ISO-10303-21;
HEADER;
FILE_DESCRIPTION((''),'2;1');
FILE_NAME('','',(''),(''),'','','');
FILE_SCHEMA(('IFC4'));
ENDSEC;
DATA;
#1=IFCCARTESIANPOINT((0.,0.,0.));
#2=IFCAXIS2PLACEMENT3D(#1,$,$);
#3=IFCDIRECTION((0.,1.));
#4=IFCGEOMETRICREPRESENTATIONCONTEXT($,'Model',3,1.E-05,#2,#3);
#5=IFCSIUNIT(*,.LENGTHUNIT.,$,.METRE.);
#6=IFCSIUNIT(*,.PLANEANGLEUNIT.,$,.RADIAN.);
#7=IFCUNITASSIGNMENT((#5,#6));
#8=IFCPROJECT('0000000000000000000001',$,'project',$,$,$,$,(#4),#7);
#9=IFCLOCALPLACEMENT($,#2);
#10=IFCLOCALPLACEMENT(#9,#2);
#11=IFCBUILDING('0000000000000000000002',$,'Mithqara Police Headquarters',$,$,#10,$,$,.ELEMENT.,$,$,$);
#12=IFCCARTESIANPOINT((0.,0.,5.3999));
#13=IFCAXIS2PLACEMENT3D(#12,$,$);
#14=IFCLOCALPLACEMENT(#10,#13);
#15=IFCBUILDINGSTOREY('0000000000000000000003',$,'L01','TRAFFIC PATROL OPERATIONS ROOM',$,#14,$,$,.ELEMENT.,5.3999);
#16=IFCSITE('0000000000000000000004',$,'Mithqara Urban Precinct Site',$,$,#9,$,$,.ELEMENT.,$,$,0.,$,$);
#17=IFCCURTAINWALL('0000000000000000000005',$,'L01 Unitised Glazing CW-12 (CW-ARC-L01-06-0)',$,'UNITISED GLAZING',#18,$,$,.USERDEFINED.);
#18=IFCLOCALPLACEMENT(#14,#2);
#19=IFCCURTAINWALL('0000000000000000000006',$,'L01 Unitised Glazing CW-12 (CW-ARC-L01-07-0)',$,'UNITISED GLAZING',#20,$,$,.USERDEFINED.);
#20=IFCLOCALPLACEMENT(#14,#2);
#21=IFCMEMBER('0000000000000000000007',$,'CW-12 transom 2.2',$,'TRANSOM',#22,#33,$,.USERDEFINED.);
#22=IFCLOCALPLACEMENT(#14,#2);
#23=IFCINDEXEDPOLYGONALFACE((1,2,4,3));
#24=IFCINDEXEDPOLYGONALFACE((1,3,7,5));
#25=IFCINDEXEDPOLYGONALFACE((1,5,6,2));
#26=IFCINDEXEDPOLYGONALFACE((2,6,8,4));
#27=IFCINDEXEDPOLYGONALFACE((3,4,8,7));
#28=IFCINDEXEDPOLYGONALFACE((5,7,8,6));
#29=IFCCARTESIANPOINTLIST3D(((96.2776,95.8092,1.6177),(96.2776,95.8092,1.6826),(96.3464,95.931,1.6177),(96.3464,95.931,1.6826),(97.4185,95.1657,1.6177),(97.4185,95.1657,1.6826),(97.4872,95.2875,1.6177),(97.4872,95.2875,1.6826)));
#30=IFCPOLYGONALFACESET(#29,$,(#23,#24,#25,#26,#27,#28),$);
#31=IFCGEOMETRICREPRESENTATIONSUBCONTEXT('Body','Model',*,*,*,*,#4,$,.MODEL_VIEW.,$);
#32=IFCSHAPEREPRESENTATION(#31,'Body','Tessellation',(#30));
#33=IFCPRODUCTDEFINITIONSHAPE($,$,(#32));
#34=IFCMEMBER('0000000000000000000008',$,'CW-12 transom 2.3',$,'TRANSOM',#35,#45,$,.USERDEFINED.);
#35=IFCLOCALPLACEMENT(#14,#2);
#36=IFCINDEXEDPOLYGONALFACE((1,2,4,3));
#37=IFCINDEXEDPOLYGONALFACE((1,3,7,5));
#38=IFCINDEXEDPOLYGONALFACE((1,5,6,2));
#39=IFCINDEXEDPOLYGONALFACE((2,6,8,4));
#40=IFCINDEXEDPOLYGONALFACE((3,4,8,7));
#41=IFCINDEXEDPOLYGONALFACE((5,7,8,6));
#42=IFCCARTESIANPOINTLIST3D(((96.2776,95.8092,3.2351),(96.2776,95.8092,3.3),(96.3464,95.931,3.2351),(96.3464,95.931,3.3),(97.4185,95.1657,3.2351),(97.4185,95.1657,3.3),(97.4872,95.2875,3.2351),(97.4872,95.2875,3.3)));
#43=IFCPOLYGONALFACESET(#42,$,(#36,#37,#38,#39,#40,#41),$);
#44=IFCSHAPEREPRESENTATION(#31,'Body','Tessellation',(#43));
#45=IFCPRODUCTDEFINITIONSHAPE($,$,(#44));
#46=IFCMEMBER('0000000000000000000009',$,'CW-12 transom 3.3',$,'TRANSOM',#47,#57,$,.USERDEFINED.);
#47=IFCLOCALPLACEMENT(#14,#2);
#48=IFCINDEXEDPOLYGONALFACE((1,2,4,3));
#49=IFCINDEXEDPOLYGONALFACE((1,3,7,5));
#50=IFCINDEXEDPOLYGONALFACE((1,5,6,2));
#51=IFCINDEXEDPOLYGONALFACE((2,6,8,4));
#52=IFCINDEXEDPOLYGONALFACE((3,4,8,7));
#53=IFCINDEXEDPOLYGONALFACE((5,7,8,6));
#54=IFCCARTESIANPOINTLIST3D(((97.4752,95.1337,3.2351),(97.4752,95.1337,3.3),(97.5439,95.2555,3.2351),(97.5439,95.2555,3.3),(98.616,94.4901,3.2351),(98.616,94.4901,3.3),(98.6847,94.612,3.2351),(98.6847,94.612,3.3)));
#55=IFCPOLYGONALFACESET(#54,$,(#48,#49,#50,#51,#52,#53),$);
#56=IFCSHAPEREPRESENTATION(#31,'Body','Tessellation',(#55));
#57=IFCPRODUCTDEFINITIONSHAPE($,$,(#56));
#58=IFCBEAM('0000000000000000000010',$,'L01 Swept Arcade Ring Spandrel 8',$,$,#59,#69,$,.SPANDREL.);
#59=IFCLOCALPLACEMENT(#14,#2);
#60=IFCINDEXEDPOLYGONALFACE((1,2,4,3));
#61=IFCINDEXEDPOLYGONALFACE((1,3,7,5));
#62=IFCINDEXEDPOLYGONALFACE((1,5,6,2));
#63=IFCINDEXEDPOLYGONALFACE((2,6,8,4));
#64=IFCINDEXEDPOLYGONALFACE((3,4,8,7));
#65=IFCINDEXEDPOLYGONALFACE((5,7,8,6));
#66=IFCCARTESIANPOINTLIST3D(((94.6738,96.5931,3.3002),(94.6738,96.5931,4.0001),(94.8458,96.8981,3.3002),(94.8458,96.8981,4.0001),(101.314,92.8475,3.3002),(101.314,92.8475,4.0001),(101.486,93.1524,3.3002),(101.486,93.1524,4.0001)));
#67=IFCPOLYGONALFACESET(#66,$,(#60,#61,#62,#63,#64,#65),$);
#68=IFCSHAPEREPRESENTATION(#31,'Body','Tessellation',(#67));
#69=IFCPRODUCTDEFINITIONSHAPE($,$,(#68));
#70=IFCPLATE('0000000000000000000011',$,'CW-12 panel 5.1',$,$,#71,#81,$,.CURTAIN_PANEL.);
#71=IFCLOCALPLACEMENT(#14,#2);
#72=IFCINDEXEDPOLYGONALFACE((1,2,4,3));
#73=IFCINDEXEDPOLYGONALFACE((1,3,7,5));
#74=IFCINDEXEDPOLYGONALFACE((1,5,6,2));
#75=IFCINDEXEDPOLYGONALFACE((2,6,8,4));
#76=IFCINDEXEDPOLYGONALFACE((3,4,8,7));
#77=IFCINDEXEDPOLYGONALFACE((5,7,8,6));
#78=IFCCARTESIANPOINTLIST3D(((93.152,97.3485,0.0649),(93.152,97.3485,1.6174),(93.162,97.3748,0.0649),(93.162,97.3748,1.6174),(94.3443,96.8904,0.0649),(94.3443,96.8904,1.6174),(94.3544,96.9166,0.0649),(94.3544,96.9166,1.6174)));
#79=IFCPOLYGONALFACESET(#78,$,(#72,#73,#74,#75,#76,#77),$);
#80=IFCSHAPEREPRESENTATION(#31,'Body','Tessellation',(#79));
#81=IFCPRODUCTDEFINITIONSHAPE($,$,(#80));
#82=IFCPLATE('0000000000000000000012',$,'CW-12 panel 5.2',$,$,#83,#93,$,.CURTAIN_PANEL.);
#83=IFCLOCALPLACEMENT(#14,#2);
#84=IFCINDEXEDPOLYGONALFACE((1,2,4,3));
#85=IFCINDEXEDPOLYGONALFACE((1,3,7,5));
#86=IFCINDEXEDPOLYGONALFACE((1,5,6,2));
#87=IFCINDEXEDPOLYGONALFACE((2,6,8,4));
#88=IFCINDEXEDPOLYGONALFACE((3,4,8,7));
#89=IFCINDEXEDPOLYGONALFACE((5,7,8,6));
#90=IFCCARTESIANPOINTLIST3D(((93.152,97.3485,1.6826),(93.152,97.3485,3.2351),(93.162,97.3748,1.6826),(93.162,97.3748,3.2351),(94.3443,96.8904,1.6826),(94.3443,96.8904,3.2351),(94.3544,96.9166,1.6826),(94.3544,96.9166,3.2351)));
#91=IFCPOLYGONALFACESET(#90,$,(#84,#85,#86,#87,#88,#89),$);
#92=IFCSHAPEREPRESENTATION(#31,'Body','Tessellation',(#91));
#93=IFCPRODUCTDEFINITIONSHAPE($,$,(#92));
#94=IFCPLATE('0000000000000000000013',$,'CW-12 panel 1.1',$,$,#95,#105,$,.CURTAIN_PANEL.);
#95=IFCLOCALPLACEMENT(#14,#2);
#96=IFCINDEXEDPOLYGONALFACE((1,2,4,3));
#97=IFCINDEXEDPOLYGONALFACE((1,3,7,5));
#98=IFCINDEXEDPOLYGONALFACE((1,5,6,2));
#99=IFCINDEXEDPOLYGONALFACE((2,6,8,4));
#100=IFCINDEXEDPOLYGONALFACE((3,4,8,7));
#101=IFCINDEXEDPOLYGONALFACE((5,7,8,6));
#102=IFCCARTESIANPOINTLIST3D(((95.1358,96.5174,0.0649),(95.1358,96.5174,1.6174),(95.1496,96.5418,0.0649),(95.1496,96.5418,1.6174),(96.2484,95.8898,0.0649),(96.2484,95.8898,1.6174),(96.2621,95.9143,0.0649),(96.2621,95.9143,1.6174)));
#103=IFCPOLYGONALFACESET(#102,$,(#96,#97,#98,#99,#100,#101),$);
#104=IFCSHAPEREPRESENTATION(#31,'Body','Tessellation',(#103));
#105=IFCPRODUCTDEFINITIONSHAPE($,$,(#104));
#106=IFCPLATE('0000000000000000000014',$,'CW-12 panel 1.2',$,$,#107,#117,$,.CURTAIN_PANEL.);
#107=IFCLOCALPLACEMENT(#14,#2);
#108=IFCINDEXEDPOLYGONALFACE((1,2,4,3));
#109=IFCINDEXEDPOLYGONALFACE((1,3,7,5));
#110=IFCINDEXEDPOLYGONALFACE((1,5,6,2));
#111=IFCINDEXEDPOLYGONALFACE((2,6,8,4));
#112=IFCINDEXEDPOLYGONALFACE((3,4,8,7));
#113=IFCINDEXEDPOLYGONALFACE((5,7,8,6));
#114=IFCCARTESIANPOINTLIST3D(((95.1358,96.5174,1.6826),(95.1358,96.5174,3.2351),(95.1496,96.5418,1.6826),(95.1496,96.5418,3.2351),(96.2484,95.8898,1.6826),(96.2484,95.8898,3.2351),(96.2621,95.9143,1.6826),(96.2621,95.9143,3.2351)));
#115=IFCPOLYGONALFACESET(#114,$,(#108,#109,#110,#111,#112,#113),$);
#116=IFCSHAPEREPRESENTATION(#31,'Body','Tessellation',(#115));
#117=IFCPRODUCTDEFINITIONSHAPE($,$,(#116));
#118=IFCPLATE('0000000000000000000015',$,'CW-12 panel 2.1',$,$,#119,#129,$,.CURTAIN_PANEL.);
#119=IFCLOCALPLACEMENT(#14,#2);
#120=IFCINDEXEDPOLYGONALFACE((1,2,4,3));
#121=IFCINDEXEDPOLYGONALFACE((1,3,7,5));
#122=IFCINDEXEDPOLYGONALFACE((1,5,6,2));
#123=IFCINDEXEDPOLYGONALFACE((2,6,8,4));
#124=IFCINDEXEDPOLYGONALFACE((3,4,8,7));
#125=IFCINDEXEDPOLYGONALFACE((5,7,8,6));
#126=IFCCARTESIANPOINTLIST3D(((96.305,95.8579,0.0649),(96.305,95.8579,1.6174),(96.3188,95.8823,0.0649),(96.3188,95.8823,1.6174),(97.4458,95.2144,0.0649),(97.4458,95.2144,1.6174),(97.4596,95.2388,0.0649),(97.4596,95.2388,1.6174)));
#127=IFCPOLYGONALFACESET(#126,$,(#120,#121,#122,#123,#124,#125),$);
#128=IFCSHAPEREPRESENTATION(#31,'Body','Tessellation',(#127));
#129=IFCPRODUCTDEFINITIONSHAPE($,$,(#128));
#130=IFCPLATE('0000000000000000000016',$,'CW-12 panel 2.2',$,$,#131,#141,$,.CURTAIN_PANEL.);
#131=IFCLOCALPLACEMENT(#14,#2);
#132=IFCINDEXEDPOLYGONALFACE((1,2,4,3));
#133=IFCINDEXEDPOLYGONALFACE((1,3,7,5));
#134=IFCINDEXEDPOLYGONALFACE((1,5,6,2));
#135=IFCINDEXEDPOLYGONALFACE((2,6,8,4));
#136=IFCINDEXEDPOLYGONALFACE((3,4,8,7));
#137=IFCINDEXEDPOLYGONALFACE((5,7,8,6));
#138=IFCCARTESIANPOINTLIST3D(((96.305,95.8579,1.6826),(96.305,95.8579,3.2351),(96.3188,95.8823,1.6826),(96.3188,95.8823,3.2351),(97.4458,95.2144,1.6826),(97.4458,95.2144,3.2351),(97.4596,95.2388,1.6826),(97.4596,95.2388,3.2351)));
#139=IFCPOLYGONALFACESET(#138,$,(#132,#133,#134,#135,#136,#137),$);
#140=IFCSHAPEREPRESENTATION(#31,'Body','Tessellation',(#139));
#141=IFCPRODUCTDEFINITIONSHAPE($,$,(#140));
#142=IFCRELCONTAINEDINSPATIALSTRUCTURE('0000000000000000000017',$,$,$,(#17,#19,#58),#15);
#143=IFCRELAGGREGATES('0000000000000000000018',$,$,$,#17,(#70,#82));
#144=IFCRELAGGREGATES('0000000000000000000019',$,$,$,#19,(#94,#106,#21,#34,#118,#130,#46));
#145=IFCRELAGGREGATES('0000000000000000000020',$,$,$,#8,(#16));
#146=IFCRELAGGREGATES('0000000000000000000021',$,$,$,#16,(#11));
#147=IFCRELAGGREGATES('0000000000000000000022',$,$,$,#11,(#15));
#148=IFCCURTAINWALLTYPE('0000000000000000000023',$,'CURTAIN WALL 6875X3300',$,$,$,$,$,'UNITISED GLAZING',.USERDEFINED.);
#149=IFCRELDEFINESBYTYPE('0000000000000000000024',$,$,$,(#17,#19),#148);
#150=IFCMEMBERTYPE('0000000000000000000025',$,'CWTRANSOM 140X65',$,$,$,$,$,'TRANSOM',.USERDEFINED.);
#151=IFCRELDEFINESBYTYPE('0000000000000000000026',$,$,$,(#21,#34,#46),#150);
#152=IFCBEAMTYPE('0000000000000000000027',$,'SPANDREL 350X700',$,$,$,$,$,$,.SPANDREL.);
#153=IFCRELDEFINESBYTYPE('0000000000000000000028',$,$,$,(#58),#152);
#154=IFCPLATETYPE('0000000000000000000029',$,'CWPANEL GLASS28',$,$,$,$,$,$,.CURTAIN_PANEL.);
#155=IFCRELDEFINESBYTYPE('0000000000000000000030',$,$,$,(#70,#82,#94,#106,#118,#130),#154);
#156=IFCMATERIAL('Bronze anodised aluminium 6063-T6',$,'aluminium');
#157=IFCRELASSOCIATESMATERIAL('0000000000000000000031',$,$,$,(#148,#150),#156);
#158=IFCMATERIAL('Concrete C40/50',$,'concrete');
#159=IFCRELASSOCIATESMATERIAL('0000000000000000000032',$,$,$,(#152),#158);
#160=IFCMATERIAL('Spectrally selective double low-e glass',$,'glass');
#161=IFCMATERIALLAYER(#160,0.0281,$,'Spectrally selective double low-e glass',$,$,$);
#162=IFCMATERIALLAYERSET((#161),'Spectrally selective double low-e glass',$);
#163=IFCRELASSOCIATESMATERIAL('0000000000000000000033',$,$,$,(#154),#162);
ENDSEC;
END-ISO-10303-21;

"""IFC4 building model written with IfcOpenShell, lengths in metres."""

from ifc_helpers import new_model, si_unit, direction, frame, origin, origin_2d, place, context, subcontext, project, spatial, rectangle, extrude, material, layer, layer_set, material_profile, profile_set, type_object, element, aggregate, save


model = new_model("IFC4")

# Units and contexts
model_context = context("Model", 3, precision=1e-05, world=origin(), true_north=direction((0.0, 1.0)))
body_context = subcontext(model_context, "Body", "Model", "MODEL_VIEW")
ifc_project = project(units=[si_unit("LENGTHUNIT", "METRE"), si_unit("PLANEANGLEUNIT", "RADIAN")], contexts=[model_context])

# Site, building, storey
site_placement = place(None, origin())
site = spatial("IfcSite", under=ifc_project, at=site_placement, Name="Mithqara Urban Precinct Site", CompositionType="ELEMENT", RefElevation=0.0)
building_placement = place(site_placement, origin())
building = spatial("IfcBuilding", under=site, at=building_placement, Name="Mithqara Police Headquarters", CompositionType="ELEMENT")
storey_placement = place(building_placement, frame((0.0, 0.0, 5.3999)))
storey = spatial("IfcBuildingStorey", under=building, at=storey_placement, Name="L01", Description="TRAFFIC PATROL OPERATIONS ROOM", CompositionType="ELEMENT", Elevation=5.3999)

# Curtain wall
ifc_material_1 = material(Name="Bronze anodised aluminium 6063-T6", Category="aluminium")
curtain_wall_type = type_object("IfcCurtainWallType", Name="CURTAIN WALL 6875X3300", ElementType="UNITISED GLAZING", PredefinedType="USERDEFINED", material=ifc_material_1)
curtain_wall_1_placement = place(storey_placement, origin())
curtain_wall_1 = element("IfcCurtainWall", 1, at=curtain_wall_1_placement, inside=storey, type_object=curtain_wall_type, Name="L01 Unitised Glazing CW-12 (CW-ARC-L01-06-0)", ObjectType="UNITISED GLAZING", PredefinedType="USERDEFINED")

# Curtain wall
curtain_wall_2_placement = place(storey_placement, origin())
curtain_wall_2 = element("IfcCurtainWall", 2, at=curtain_wall_2_placement, inside=storey, type_object=curtain_wall_type, Name="L01 Unitised Glazing CW-12 (CW-ARC-L01-07-0)", ObjectType="UNITISED GLAZING", PredefinedType="USERDEFINED")

# Members
ifc_material_profile_1 = material_profile(ifc_material_1, rectangle(XDim=0.1399, YDim=0.0649, at=origin_2d()), Name="CWT 140x65")
ifc_profile_set_1 = profile_set([ifc_material_profile_1], Name="Bronze anodised aluminium 6063-T6")
member_type_1 = type_object("IfcMemberType", Name="CWTRANSOM 140X65", ElementType="TRANSOM", PredefinedType="USERDEFINED", material=ifc_profile_set_1)
member_1_placement = place(storey_placement, frame((96.312, 95.8701, 1.6501), z_axis=(0.870983, -0.491314, 0.0), x_axis=(0.491314, 0.870983, 0.0)))
member_1 = element("IfcMember", 3, at=member_1_placement, type_object=member_type_1, Name="CW-12 transom 2.2", ObjectType="TRANSOM", PredefinedType="USERDEFINED", context=body_context, shape_type="SweptSolid", body=[
    extrude(rectangle(XDim=0.1399, YDim=0.0649, at=origin_2d()), origin(), (0.0, 0.0, 1.0), 1.3098),
])
member_2_placement = place(storey_placement, frame((96.312, 95.8701, 3.2676), z_axis=(0.870983, -0.491314, 0.0), x_axis=(0.491314, 0.870983, 0.0)))
member_2 = element("IfcMember", 4, at=member_2_placement, type_object=member_type_1, Name="CW-12 transom 2.3", ObjectType="TRANSOM", PredefinedType="USERDEFINED", context=body_context, shape_type="SweptSolid", body=[
    extrude(rectangle(XDim=0.1399, YDim=0.0649, at=origin_2d()), origin(), (0.0, 0.0, 1.0), 1.3098),
])
member_3_placement = place(storey_placement, frame((97.5095, 95.1946, 3.2676), z_axis=(0.870983, -0.491314, 0.0), x_axis=(0.491314, 0.870983, 0.0)))
member_3 = element("IfcMember", 5, at=member_3_placement, type_object=member_type_1, Name="CW-12 transom 3.3", ObjectType="TRANSOM", PredefinedType="USERDEFINED", context=body_context, shape_type="SweptSolid", body=[
    extrude(rectangle(XDim=0.1399, YDim=0.0649, at=origin_2d()), origin(), (0.0, 0.0, 1.0), 1.3098),
])

# Beam
ifc_material_2 = material(Name="Concrete C40/50", Category="concrete")
ifc_material_profile_2 = material_profile(ifc_material_2, rectangle(XDim=0.3501, YDim=0.7, at=origin_2d()), Name="SPB 350x700")
ifc_profile_set_2 = profile_set([ifc_material_profile_2], Name="Concrete C40/50")
beam_type = type_object("IfcBeamType", Name="SPANDREL 350X700", PredefinedType="SPANDREL", material=ifc_profile_set_2)
beam_placement = place(storey_placement, frame((94.7598, 96.7456, 3.6501), z_axis=(0.870985, -0.49131, 0.0), x_axis=(0.49131, 0.870985, 0.0)))
element("IfcBeam", 6, at=beam_placement, inside=storey, type_object=beam_type, Name="L01 Swept Arcade Ring Spandrel 8", PredefinedType="SPANDREL", context=body_context, shape_type="SweptSolid", body=[
    extrude(rectangle(XDim=0.3501, YDim=0.7, at=origin_2d()), origin(), (0.0, 0.0, 1.0), 7.6238),
])

# Plates
ifc_material_3 = material(Name="Spectrally selective double low-e glass", Category="glass")
ifc_layer = layer(ifc_material_3, 0.0281, Name="Spectrally selective double low-e glass")
ifc_layer_set = layer_set([ifc_layer], Name="Spectrally selective double low-e glass")
plate_type = type_object("IfcPlateType", Name="CWPANEL GLASS28", PredefinedType="CURTAIN_PANEL", material=ifc_layer_set)
plate_1_placement = place(storey_placement, frame((93.7532, 97.1326, 0.0649), z_axis=(0.0, 0.0, 1.0), x_axis=(0.93346, -0.358681, 0.0)))
plate_1 = element("IfcPlate", 7, at=plate_1_placement, type_object=plate_type, Name="CW-12 panel 5.1", PredefinedType="CURTAIN_PANEL", context=body_context, shape_type="SweptSolid", body=[
    extrude(rectangle(XDim=1.2773, YDim=0.0281, at=origin_2d()), origin(), (0.0, 0.0, 1.0), 1.5525),
])
plate_2_placement = place(storey_placement, frame((93.7532, 97.1326, 1.6826), z_axis=(0.0, 0.0, 1.0), x_axis=(0.93346, -0.358681, 0.0)))
plate_2 = element("IfcPlate", 8, at=plate_2_placement, type_object=plate_type, Name="CW-12 panel 5.2", PredefinedType="CURTAIN_PANEL", context=body_context, shape_type="SweptSolid", body=[
    extrude(rectangle(XDim=1.2773, YDim=0.0281, at=origin_2d()), origin(), (0.0, 0.0, 1.0), 1.5525),
])
aggregate(curtain_wall_1, [plate_1, plate_2])
plate_3_placement = place(storey_placement, frame((95.699, 96.2158, 0.0649), z_axis=(0.0, 0.0, 1.0), x_axis=(0.870986, -0.491308, 0.0)))
plate_3 = element("IfcPlate", 9, at=plate_3_placement, type_object=plate_type, Name="CW-12 panel 1.1", PredefinedType="CURTAIN_PANEL", context=body_context, shape_type="SweptSolid", body=[
    extrude(rectangle(XDim=1.2773, YDim=0.0281, at=origin_2d()), origin(), (0.0, 0.0, 1.0), 1.5525),
])
plate_4_placement = place(storey_placement, frame((95.699, 96.2158, 1.6826), z_axis=(0.0, 0.0, 1.0), x_axis=(0.870986, -0.491308, 0.0)))
plate_4 = element("IfcPlate", 10, at=plate_4_placement, type_object=plate_type, Name="CW-12 panel 1.2", PredefinedType="CURTAIN_PANEL", context=body_context, shape_type="SweptSolid", body=[
    extrude(rectangle(XDim=1.2773, YDim=0.0281, at=origin_2d()), origin(), (0.0, 0.0, 1.0), 1.5525),
])
plate_5_placement = place(storey_placement, frame((96.8823, 95.5483, 0.0649), z_axis=(0.0, 0.0, 1.0), x_axis=(0.870986, -0.491308, 0.0)))
plate_5 = element("IfcPlate", 11, at=plate_5_placement, type_object=plate_type, Name="CW-12 panel 2.1", PredefinedType="CURTAIN_PANEL", context=body_context, shape_type="SweptSolid", body=[
    extrude(rectangle(XDim=1.3098, YDim=0.0281, at=origin_2d()), origin(), (0.0, 0.0, 1.0), 1.5525),
])
plate_6_placement = place(storey_placement, frame((96.8823, 95.5483, 1.6826), z_axis=(0.0, 0.0, 1.0), x_axis=(0.870986, -0.491308, 0.0)))
plate_6 = element("IfcPlate", 12, at=plate_6_placement, type_object=plate_type, Name="CW-12 panel 2.2", PredefinedType="CURTAIN_PANEL", context=body_context, shape_type="SweptSolid", body=[
    extrude(rectangle(XDim=1.3098, YDim=0.0281, at=origin_2d()), origin(), (0.0, 0.0, 1.0), 1.5525),
])
aggregate(curtain_wall_2, [plate_3, plate_4, member_1, member_2, plate_5, plate_6, member_3])

save(model, "model.ifc")
